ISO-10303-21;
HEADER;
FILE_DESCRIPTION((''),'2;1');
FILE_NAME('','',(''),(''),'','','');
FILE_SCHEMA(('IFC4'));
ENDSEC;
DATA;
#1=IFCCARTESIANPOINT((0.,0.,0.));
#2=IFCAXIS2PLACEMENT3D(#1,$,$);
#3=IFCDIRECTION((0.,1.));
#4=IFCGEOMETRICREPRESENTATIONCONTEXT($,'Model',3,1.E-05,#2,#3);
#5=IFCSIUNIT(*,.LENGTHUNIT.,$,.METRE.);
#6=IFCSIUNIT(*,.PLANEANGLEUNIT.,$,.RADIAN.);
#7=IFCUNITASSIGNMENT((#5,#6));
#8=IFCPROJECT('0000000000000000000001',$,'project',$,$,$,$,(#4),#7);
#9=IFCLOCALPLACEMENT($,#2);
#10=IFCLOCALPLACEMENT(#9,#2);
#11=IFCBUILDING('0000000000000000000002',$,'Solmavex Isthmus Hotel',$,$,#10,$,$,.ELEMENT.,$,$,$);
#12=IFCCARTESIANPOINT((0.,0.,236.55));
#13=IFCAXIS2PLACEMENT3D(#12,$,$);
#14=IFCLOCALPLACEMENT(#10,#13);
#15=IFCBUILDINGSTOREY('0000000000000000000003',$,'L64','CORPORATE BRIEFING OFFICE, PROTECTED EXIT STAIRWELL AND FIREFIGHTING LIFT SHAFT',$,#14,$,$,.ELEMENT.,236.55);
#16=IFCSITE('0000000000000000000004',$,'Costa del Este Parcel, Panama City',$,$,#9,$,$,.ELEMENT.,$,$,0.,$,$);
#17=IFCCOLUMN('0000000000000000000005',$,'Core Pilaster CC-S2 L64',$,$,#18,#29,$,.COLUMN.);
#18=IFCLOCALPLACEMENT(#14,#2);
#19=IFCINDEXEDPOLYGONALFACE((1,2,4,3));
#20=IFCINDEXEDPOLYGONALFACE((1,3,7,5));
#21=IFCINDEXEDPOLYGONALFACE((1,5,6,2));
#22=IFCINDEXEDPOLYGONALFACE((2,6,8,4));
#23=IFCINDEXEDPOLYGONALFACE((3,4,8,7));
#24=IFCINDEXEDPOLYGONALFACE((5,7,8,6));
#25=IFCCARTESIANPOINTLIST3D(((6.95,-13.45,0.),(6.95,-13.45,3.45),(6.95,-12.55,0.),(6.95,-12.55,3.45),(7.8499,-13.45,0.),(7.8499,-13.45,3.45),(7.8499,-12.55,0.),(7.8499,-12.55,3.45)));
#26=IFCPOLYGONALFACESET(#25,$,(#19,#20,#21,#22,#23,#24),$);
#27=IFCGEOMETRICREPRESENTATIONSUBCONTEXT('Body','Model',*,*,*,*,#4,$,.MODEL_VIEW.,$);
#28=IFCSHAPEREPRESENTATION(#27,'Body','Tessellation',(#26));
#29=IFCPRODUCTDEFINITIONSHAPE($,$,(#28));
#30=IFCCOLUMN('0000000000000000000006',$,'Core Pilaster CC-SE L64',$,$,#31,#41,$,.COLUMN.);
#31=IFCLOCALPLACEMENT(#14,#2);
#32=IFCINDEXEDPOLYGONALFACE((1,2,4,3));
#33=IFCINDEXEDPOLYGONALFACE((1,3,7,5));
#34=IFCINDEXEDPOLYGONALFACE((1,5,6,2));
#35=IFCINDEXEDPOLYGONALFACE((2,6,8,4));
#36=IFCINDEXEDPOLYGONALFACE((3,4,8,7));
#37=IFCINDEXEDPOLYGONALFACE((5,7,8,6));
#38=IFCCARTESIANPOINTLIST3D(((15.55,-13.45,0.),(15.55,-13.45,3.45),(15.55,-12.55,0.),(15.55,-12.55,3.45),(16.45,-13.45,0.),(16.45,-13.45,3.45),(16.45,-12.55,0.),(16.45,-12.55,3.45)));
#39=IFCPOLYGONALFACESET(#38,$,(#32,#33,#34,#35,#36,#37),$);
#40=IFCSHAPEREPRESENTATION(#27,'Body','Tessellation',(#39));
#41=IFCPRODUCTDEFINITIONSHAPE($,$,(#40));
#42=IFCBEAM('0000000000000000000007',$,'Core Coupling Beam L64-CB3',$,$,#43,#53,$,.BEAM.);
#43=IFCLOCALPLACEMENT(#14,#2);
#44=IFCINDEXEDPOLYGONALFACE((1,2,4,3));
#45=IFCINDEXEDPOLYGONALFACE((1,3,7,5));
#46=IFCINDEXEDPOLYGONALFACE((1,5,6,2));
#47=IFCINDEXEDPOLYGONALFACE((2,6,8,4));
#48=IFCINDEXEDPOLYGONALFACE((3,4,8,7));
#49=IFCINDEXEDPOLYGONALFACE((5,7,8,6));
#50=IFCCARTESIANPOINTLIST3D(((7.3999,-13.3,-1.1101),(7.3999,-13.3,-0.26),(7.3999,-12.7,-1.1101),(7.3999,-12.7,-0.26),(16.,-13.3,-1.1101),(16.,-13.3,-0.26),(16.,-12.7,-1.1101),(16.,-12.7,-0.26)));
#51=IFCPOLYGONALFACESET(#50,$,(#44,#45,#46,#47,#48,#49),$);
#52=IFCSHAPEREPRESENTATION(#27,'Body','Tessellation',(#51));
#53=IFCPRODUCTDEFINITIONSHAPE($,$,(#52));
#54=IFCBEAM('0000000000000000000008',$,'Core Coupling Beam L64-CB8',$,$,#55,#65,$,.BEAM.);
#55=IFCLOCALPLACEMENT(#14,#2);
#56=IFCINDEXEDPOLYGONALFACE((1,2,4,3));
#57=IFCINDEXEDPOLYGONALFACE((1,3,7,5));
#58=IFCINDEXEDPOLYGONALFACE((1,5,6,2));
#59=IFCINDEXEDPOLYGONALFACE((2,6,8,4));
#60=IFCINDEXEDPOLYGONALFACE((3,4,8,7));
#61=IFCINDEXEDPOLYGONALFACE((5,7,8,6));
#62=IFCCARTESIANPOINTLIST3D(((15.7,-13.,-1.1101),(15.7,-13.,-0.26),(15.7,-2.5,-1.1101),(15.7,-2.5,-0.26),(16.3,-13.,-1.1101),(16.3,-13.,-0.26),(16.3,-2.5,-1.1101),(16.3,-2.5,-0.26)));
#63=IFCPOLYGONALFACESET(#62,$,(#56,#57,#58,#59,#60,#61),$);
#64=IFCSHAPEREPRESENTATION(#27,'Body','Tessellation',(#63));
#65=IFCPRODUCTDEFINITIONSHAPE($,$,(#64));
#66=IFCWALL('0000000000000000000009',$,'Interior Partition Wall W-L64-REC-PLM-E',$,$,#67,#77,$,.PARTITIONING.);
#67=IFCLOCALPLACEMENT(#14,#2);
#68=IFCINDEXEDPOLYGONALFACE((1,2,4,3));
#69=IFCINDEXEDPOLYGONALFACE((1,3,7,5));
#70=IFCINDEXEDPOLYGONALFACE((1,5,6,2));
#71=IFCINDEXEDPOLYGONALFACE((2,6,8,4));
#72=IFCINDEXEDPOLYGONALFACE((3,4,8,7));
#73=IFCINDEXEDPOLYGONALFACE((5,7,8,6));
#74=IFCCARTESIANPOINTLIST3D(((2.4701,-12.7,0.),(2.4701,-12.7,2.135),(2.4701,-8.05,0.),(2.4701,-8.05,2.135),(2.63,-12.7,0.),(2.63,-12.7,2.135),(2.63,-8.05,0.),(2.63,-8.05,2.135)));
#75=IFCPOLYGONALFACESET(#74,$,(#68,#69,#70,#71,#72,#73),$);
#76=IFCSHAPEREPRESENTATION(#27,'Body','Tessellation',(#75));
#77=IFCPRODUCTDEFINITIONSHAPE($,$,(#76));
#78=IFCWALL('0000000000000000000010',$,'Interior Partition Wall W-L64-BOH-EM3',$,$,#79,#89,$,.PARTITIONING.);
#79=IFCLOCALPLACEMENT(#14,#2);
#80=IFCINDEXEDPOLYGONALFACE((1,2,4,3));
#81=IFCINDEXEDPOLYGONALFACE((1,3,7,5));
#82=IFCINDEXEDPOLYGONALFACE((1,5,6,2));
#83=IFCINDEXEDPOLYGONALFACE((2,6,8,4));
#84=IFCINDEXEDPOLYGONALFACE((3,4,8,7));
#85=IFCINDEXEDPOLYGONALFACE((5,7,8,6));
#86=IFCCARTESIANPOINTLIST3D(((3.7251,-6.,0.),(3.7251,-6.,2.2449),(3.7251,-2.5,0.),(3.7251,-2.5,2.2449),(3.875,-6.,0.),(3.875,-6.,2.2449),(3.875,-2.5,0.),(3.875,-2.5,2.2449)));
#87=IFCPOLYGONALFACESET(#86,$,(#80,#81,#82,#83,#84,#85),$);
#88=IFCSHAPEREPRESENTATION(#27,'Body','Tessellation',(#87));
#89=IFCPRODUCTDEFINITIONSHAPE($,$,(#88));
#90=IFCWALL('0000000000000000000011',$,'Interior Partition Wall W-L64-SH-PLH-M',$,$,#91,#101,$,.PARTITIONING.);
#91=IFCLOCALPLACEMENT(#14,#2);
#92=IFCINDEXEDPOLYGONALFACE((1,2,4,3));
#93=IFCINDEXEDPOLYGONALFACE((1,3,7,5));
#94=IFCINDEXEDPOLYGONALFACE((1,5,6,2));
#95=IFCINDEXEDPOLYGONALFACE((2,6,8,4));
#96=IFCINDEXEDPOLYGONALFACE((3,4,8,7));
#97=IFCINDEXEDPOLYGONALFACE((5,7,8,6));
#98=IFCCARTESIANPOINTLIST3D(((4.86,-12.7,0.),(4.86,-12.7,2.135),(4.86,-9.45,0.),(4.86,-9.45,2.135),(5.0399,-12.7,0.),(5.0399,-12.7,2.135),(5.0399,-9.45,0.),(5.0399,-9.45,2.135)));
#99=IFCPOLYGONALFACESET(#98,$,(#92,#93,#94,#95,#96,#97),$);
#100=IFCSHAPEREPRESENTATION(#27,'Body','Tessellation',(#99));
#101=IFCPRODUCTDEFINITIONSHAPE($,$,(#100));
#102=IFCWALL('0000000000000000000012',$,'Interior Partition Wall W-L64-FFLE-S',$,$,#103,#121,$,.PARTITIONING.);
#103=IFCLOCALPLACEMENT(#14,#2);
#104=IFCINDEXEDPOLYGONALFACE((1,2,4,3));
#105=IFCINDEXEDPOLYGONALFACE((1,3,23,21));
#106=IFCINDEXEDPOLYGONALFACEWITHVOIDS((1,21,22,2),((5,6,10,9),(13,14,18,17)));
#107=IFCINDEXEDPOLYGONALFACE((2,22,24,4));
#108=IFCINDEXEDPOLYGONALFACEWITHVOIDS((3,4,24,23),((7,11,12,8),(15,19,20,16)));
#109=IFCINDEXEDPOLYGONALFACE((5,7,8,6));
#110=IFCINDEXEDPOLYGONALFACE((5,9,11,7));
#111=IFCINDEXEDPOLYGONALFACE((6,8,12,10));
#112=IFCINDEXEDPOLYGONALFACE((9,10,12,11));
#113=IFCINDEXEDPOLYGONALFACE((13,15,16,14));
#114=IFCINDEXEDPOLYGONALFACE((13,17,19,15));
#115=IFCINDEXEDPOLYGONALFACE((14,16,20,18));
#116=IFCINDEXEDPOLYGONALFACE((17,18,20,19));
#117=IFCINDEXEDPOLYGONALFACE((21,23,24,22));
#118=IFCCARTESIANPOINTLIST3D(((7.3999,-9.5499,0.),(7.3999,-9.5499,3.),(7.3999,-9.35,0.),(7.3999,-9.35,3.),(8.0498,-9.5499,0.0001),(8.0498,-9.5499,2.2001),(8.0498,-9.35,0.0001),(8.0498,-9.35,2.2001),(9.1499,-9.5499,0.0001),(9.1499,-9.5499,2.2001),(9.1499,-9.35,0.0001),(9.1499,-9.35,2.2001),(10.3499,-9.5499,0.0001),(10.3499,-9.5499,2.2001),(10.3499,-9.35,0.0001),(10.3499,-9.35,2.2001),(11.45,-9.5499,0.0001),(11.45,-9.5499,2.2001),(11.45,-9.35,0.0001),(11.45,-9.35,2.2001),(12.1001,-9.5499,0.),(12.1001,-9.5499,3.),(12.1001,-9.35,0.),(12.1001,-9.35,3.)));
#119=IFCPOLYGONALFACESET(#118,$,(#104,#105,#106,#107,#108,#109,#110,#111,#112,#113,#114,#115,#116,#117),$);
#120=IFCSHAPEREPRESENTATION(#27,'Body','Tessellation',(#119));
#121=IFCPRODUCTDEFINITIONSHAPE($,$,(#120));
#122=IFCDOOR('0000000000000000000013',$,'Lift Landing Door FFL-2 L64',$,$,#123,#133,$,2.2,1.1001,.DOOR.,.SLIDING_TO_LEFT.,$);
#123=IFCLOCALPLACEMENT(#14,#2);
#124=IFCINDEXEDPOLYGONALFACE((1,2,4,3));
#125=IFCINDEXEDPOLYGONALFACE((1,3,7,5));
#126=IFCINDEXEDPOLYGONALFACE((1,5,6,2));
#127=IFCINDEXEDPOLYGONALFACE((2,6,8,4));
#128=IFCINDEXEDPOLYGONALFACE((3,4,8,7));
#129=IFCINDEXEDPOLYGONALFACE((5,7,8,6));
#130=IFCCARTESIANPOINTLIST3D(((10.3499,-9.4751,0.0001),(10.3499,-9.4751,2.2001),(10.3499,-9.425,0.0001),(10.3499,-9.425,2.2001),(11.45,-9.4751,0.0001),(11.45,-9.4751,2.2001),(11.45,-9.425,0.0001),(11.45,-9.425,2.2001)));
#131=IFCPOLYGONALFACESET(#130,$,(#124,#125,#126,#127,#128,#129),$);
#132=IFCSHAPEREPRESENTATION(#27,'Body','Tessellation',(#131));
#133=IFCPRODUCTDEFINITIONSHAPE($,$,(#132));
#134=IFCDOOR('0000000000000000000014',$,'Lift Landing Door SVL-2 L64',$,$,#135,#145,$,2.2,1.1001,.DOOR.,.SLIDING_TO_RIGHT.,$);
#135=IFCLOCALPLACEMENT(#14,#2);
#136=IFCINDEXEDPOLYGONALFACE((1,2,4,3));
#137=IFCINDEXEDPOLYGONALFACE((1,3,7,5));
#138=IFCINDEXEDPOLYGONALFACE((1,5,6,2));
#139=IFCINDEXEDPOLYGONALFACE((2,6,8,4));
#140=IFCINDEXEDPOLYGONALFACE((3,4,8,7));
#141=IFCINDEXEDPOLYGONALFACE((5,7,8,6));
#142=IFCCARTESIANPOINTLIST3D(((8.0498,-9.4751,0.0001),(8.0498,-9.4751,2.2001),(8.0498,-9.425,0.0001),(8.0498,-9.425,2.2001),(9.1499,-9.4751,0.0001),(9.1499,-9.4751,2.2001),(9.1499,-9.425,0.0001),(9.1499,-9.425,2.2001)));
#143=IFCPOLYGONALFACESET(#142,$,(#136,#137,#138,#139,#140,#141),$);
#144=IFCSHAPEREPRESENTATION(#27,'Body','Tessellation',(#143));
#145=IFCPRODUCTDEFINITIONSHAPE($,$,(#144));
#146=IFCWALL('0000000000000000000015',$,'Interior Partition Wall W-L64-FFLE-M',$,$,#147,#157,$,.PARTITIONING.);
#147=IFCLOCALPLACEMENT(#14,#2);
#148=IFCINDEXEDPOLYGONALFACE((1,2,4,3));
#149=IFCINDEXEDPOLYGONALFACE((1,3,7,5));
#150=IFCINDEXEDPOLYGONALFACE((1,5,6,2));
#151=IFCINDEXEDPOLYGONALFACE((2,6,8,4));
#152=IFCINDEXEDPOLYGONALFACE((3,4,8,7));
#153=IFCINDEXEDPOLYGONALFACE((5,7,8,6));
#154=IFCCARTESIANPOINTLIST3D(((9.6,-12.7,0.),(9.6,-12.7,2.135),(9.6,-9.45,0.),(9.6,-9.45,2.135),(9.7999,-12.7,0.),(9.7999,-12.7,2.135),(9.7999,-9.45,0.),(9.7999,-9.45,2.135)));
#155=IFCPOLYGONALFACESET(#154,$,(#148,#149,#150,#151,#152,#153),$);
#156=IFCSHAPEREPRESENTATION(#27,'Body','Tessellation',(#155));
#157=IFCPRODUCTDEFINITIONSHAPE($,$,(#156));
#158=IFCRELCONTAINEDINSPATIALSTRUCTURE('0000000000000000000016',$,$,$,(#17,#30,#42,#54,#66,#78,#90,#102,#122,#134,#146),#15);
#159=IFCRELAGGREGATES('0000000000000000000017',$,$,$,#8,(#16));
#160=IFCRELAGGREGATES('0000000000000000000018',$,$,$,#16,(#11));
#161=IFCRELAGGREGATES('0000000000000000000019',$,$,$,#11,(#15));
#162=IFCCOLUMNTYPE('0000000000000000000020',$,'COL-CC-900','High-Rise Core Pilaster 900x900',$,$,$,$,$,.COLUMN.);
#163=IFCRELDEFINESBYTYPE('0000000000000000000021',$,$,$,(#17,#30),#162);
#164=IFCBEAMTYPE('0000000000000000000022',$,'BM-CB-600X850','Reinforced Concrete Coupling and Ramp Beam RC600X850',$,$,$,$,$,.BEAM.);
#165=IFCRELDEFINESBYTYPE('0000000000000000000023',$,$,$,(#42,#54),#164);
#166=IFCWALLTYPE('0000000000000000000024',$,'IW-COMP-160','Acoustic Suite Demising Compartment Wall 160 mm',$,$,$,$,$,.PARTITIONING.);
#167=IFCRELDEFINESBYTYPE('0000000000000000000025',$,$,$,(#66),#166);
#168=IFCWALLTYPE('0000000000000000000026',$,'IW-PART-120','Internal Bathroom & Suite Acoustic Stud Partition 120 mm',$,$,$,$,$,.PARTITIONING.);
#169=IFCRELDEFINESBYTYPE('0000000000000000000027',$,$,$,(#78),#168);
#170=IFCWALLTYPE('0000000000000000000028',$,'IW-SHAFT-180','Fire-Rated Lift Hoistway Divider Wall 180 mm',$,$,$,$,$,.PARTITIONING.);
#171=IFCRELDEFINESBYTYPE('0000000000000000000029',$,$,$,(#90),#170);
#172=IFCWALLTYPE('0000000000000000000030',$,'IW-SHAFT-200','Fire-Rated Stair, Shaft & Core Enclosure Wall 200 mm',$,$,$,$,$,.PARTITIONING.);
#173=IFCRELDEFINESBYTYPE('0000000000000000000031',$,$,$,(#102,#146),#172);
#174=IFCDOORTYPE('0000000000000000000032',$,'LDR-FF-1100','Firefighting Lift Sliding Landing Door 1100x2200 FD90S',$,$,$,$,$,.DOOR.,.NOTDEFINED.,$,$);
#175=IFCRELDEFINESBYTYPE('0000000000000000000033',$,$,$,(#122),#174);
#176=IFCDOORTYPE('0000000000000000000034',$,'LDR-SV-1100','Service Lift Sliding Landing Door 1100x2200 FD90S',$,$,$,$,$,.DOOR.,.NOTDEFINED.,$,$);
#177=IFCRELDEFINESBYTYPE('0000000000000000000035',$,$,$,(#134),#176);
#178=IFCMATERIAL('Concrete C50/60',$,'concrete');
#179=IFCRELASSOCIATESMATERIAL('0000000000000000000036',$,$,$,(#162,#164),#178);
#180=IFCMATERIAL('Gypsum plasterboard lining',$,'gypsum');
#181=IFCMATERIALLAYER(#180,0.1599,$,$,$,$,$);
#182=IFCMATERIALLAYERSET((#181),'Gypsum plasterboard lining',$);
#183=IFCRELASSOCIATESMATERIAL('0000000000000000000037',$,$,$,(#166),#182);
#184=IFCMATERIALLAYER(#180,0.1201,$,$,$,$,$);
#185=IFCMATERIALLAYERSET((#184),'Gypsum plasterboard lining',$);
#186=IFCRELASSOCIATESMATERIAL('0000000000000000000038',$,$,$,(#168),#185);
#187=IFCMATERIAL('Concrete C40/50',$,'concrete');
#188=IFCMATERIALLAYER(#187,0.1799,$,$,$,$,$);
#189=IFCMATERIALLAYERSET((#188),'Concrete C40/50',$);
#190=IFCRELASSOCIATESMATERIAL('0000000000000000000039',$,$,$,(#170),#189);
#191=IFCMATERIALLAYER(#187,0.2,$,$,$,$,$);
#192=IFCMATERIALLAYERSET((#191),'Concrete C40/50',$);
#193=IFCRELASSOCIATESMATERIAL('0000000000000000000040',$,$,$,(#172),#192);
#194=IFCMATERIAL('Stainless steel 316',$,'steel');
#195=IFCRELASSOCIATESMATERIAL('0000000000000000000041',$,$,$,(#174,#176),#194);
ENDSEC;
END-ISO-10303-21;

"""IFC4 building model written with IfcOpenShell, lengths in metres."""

from ifc_helpers import new_model, si_unit, direction, frame, frame_2d, origin, origin_2d, place, context, subcontext, project, spatial, rectangle, extrude, material, layer, layer_set, material_profile, profile_set, type_object, element, fill, save


model = new_model("IFC4")

# Units and contexts
model_context = context("Model", 3, precision=1e-05, world=origin(), true_north=direction((0.0, 1.0)))
body_context = subcontext(model_context, "Body", "Model", "MODEL_VIEW")
ifc_project = project(units=[si_unit("LENGTHUNIT", "METRE"), si_unit("PLANEANGLEUNIT", "RADIAN")], contexts=[model_context])

# Site, building, storey
site_placement = place(None, origin())
site = spatial("IfcSite", under=ifc_project, at=site_placement, Name="Costa del Este Parcel, Panama City", CompositionType="ELEMENT", RefElevation=0.0)
building_placement = place(site_placement, origin())
building = spatial("IfcBuilding", under=site, at=building_placement, Name="Solmavex Isthmus Hotel", CompositionType="ELEMENT")
storey_placement = place(building_placement, frame((0.0, 0.0, 236.55)))
storey = spatial("IfcBuildingStorey", under=building, at=storey_placement, Name="L64", Description="CORPORATE BRIEFING OFFICE, PROTECTED EXIT STAIRWELL AND FIREFIGHTING LIFT SHAFT", CompositionType="ELEMENT", Elevation=236.55)

# Columns
ifc_material_1 = material(Name="Concrete C50/60", Category="concrete")
ifc_material_profile_1 = material_profile(ifc_material_1, rectangle(XDim=0.8999, YDim=0.8999, at=origin_2d()), Name="RC900X900")
ifc_profile_set_1 = profile_set([ifc_material_profile_1], Name="Concrete C50/60")
column_type = type_object("IfcColumnType", Name="COL-CC-900", Description="High-Rise Core Pilaster 900x900", PredefinedType="COLUMN", material=ifc_profile_set_1)
for number, where, z_axis, x_axis, name in (
    (1, (7.3999, -13.0, 0.0), (0.0, 0.0, 1.0), (1.0, 0.0, 0.0), "Core Pilaster CC-S2 L64"),
    (2, (16.0, -13.0, 0.0), (0.0, 0.0, 1.0), (1.0, 0.0, 0.0), "Core Pilaster CC-SE L64"),
):
    element("IfcColumn", number, at=place(storey_placement, frame(where, z_axis=z_axis, x_axis=x_axis)), inside=storey, type_object=column_type, Name=name, PredefinedType="COLUMN", context=body_context, shape_type="SweptSolid", body=[
        extrude(rectangle(XDim=0.8999, YDim=0.8999, at=origin_2d()), origin(), (0.0, 0.0, 1.0), 3.45),
    ])

# Beams
ifc_material_profile_2 = material_profile(ifc_material_1, rectangle(XDim=0.6001, YDim=0.8501, at=origin_2d()), Name="RC600X850")
ifc_profile_set_2 = profile_set([ifc_material_profile_2], Name="Concrete C50/60")
beam_type = type_object("IfcBeamType", Name="BM-CB-600X850", Description="Reinforced Concrete Coupling and Ramp Beam RC600X850", PredefinedType="BEAM", material=ifc_profile_set_2)
beam_1_placement = place(storey_placement, frame((7.3999, -13.0, -0.6851), z_axis=(1.0, 0.0, 0.0), x_axis=(0.0, 1.0, 0.0)))
element("IfcBeam", 3, at=beam_1_placement, inside=storey, type_object=beam_type, Name="Core Coupling Beam L64-CB3", PredefinedType="BEAM", context=body_context, shape_type="SweptSolid", body=[
    extrude(rectangle(XDim=0.6001, YDim=0.8501, at=origin_2d()), origin(), (0.0, 0.0, 1.0), 8.6001),
])
beam_2_placement = place(storey_placement, frame((16.0, -13.0, -0.6851), z_axis=(0.0, 1.0, 0.0), x_axis=(-1.0, 0.0, 0.0)))
element("IfcBeam", 4, at=beam_2_placement, inside=storey, type_object=beam_type, Name="Core Coupling Beam L64-CB8", PredefinedType="BEAM", context=body_context, shape_type="SweptSolid", body=[
    extrude(rectangle(XDim=0.6001, YDim=0.8501, at=origin_2d()), origin(), (0.0, 0.0, 1.0), 10.5),
])

# Walls
ifc_material_2 = material(Name="Gypsum plasterboard lining", Category="gypsum")
ifc_layer_1 = layer(ifc_material_2, 0.1599)
ifc_layer_set_1 = layer_set([ifc_layer_1], Name="Gypsum plasterboard lining")
wall_type_1 = type_object("IfcWallType", Name="IW-COMP-160", Description="Acoustic Suite Demising Compartment Wall 160 mm", PredefinedType="PARTITIONING", material=ifc_layer_set_1)
wall_1_placement = place(storey_placement, frame((2.55, -12.7, 0.0), z_axis=(0.0, 0.0, 1.0), x_axis=(0.0, 1.0, 0.0)))
element("IfcWall", 5, at=wall_1_placement, inside=storey, type_object=wall_type_1, Name="Interior Partition Wall W-L64-REC-PLM-E", PredefinedType="PARTITIONING", context=body_context, shape_type="SweptSolid", body=[
    extrude(rectangle(XDim=4.6499, YDim=0.1599, at=frame_2d((2.325, 0.0))), origin(), (0.0, 0.0, 1.0), 2.135),
])
ifc_layer_2 = layer(ifc_material_2, 0.1201)
ifc_layer_set_2 = layer_set([ifc_layer_2], Name="Gypsum plasterboard lining")
wall_type_2 = type_object("IfcWallType", Name="IW-PART-120", Description="Internal Bathroom & Suite Acoustic Stud Partition 120 mm", PredefinedType="PARTITIONING", material=ifc_layer_set_2)
wall_2_placement = place(storey_placement, frame((3.8, -6.0, 0.0), z_axis=(0.0, 0.0, 1.0), x_axis=(0.0, 1.0, 0.0)))
element("IfcWall", 6, at=wall_2_placement, inside=storey, type_object=wall_type_2, Name="Interior Partition Wall W-L64-BOH-EM3", PredefinedType="PARTITIONING", context=body_context, shape_type="SweptSolid", body=[
    extrude(rectangle(XDim=3.5, YDim=0.1499, at=frame_2d((1.75, 0.0))), origin(), (0.0, 0.0, 1.0), 2.2449),
])
ifc_material_3 = material(Name="Concrete C40/50", Category="concrete")
ifc_layer_3 = layer(ifc_material_3, 0.1799)
ifc_layer_set_3 = layer_set([ifc_layer_3], Name="Concrete C40/50")
wall_type_3 = type_object("IfcWallType", Name="IW-SHAFT-180", Description="Fire-Rated Lift Hoistway Divider Wall 180 mm", PredefinedType="PARTITIONING", material=ifc_layer_set_3)
wall_3_placement = place(storey_placement, frame((4.95, -12.7, 0.0), z_axis=(0.0, 0.0, 1.0), x_axis=(0.0, 1.0, 0.0)))
element("IfcWall", 7, at=wall_3_placement, inside=storey, type_object=wall_type_3, Name="Interior Partition Wall W-L64-SH-PLH-M", PredefinedType="PARTITIONING", context=body_context, shape_type="SweptSolid", body=[
    extrude(rectangle(XDim=3.25, YDim=0.1799, at=frame_2d((1.625, 0.0))), origin(), (0.0, 0.0, 1.0), 2.135),
])

# Wall, openings, doors
ifc_layer_4 = layer(ifc_material_3, 0.2)
ifc_layer_set_4 = layer_set([ifc_layer_4], Name="Concrete C40/50")
wall_type_4 = type_object("IfcWallType", Name="IW-SHAFT-200", Description="Fire-Rated Stair, Shaft & Core Enclosure Wall 200 mm", PredefinedType="PARTITIONING", material=ifc_layer_set_4)
wall_4_placement = place(storey_placement, frame((7.3999, -9.45, 0.0), z_axis=(0.0, 0.0, 1.0), x_axis=(1.0, 0.0, 0.0)))
wall_4 = element("IfcWall", 8, at=wall_4_placement, inside=storey, type_object=wall_type_4, Name="Interior Partition Wall W-L64-FFLE-S", PredefinedType="PARTITIONING", context=body_context, shape_type="SweptSolid", body=[
    extrude(rectangle(XDim=4.7002, YDim=0.2, at=frame_2d((2.3501, 0.0))), origin(), (0.0, 0.0, 1.0), 3.0),
])
opening_1_placement = place(wall_4_placement, frame((2.95, 0.0, 0.0)))
opening_1 = element("IfcOpeningElement", 9, at=opening_1_placement, cuts=wall_4, PredefinedType="OPENING", context=body_context, shape_type="SweptSolid", body=[
    extrude(rectangle(XDim=1.1001, YDim=2.2, at=frame_2d((0.55, 1.1001))), frame((0.0, 0.1099, 0.0), z_axis=(0.0, -1.0, 0.0), x_axis=(1.0, 0.0, 0.0)), (0.0, 0.0, 1.0), 0.22),
])
opening_2_placement = place(wall_4_placement, frame((0.6499, 0.0, 0.0)))
opening_2 = element("IfcOpeningElement", 10, at=opening_2_placement, cuts=wall_4, PredefinedType="OPENING", context=body_context, shape_type="SweptSolid", body=[
    extrude(rectangle(XDim=1.1001, YDim=2.2, at=frame_2d((0.55, 1.1001))), frame((0.0, 0.1099, 0.0), z_axis=(0.0, -1.0, 0.0), x_axis=(1.0, 0.0, 0.0)), (0.0, 0.0, 1.0), 0.22),
])
ifc_material_4 = material(Name="Stainless steel 316", Category="steel")
door_type_1 = type_object("IfcDoorType", Name="LDR-FF-1100", Description="Firefighting Lift Sliding Landing Door 1100x2200 FD90S", OperationType="NOTDEFINED", PredefinedType="DOOR", material=ifc_material_4)
door_1_placement = place(opening_1_placement, origin())
door_1 = element("IfcDoor", 11, at=door_1_placement, inside=storey, type_object=door_type_1, Name="Lift Landing Door FFL-2 L64", OperationType="SLIDING_TO_LEFT", OverallHeight=2.2, OverallWidth=1.1001, PredefinedType="DOOR", context=body_context, shape_type="SweptSolid", body=[
    extrude(rectangle(XDim=1.1001, YDim=2.2, at=frame_2d((0.55, 1.1001))), frame((0.0, 0.0249, 0.0), z_axis=(0.0, -1.0, 0.0), x_axis=(1.0, 0.0, 0.0)), (0.0, 0.0, 1.0), 0.05),
])
fill(opening_1, door_1)
door_type_2 = type_object("IfcDoorType", Name="LDR-SV-1100", Description="Service Lift Sliding Landing Door 1100x2200 FD90S", OperationType="NOTDEFINED", PredefinedType="DOOR", material=ifc_material_4)
door_2_placement = place(opening_2_placement, origin())
door_2 = element("IfcDoor", 12, at=door_2_placement, inside=storey, type_object=door_type_2, Name="Lift Landing Door SVL-2 L64", OperationType="SLIDING_TO_RIGHT", OverallHeight=2.2, OverallWidth=1.1001, PredefinedType="DOOR", context=body_context, shape_type="SweptSolid", body=[
    extrude(rectangle(XDim=1.1001, YDim=2.2, at=frame_2d((0.55, 1.1001))), frame((0.0, 0.0249, 0.0), z_axis=(0.0, -1.0, 0.0), x_axis=(1.0, 0.0, 0.0)), (0.0, 0.0, 1.0), 0.05),
])
fill(opening_2, door_2)

# Wall
wall_5_placement = place(storey_placement, frame((9.7, -12.7, 0.0), z_axis=(0.0, 0.0, 1.0), x_axis=(0.0, 1.0, 0.0)))
element("IfcWall", 13, at=wall_5_placement, inside=storey, type_object=wall_type_4, Name="Interior Partition Wall W-L64-FFLE-M", PredefinedType="PARTITIONING", context=body_context, shape_type="SweptSolid", body=[
    extrude(rectangle(XDim=3.25, YDim=0.2, at=frame_2d((1.625, 0.0))), origin(), (0.0, 0.0, 1.0), 2.135),
])

save(model, "model.ifc")
